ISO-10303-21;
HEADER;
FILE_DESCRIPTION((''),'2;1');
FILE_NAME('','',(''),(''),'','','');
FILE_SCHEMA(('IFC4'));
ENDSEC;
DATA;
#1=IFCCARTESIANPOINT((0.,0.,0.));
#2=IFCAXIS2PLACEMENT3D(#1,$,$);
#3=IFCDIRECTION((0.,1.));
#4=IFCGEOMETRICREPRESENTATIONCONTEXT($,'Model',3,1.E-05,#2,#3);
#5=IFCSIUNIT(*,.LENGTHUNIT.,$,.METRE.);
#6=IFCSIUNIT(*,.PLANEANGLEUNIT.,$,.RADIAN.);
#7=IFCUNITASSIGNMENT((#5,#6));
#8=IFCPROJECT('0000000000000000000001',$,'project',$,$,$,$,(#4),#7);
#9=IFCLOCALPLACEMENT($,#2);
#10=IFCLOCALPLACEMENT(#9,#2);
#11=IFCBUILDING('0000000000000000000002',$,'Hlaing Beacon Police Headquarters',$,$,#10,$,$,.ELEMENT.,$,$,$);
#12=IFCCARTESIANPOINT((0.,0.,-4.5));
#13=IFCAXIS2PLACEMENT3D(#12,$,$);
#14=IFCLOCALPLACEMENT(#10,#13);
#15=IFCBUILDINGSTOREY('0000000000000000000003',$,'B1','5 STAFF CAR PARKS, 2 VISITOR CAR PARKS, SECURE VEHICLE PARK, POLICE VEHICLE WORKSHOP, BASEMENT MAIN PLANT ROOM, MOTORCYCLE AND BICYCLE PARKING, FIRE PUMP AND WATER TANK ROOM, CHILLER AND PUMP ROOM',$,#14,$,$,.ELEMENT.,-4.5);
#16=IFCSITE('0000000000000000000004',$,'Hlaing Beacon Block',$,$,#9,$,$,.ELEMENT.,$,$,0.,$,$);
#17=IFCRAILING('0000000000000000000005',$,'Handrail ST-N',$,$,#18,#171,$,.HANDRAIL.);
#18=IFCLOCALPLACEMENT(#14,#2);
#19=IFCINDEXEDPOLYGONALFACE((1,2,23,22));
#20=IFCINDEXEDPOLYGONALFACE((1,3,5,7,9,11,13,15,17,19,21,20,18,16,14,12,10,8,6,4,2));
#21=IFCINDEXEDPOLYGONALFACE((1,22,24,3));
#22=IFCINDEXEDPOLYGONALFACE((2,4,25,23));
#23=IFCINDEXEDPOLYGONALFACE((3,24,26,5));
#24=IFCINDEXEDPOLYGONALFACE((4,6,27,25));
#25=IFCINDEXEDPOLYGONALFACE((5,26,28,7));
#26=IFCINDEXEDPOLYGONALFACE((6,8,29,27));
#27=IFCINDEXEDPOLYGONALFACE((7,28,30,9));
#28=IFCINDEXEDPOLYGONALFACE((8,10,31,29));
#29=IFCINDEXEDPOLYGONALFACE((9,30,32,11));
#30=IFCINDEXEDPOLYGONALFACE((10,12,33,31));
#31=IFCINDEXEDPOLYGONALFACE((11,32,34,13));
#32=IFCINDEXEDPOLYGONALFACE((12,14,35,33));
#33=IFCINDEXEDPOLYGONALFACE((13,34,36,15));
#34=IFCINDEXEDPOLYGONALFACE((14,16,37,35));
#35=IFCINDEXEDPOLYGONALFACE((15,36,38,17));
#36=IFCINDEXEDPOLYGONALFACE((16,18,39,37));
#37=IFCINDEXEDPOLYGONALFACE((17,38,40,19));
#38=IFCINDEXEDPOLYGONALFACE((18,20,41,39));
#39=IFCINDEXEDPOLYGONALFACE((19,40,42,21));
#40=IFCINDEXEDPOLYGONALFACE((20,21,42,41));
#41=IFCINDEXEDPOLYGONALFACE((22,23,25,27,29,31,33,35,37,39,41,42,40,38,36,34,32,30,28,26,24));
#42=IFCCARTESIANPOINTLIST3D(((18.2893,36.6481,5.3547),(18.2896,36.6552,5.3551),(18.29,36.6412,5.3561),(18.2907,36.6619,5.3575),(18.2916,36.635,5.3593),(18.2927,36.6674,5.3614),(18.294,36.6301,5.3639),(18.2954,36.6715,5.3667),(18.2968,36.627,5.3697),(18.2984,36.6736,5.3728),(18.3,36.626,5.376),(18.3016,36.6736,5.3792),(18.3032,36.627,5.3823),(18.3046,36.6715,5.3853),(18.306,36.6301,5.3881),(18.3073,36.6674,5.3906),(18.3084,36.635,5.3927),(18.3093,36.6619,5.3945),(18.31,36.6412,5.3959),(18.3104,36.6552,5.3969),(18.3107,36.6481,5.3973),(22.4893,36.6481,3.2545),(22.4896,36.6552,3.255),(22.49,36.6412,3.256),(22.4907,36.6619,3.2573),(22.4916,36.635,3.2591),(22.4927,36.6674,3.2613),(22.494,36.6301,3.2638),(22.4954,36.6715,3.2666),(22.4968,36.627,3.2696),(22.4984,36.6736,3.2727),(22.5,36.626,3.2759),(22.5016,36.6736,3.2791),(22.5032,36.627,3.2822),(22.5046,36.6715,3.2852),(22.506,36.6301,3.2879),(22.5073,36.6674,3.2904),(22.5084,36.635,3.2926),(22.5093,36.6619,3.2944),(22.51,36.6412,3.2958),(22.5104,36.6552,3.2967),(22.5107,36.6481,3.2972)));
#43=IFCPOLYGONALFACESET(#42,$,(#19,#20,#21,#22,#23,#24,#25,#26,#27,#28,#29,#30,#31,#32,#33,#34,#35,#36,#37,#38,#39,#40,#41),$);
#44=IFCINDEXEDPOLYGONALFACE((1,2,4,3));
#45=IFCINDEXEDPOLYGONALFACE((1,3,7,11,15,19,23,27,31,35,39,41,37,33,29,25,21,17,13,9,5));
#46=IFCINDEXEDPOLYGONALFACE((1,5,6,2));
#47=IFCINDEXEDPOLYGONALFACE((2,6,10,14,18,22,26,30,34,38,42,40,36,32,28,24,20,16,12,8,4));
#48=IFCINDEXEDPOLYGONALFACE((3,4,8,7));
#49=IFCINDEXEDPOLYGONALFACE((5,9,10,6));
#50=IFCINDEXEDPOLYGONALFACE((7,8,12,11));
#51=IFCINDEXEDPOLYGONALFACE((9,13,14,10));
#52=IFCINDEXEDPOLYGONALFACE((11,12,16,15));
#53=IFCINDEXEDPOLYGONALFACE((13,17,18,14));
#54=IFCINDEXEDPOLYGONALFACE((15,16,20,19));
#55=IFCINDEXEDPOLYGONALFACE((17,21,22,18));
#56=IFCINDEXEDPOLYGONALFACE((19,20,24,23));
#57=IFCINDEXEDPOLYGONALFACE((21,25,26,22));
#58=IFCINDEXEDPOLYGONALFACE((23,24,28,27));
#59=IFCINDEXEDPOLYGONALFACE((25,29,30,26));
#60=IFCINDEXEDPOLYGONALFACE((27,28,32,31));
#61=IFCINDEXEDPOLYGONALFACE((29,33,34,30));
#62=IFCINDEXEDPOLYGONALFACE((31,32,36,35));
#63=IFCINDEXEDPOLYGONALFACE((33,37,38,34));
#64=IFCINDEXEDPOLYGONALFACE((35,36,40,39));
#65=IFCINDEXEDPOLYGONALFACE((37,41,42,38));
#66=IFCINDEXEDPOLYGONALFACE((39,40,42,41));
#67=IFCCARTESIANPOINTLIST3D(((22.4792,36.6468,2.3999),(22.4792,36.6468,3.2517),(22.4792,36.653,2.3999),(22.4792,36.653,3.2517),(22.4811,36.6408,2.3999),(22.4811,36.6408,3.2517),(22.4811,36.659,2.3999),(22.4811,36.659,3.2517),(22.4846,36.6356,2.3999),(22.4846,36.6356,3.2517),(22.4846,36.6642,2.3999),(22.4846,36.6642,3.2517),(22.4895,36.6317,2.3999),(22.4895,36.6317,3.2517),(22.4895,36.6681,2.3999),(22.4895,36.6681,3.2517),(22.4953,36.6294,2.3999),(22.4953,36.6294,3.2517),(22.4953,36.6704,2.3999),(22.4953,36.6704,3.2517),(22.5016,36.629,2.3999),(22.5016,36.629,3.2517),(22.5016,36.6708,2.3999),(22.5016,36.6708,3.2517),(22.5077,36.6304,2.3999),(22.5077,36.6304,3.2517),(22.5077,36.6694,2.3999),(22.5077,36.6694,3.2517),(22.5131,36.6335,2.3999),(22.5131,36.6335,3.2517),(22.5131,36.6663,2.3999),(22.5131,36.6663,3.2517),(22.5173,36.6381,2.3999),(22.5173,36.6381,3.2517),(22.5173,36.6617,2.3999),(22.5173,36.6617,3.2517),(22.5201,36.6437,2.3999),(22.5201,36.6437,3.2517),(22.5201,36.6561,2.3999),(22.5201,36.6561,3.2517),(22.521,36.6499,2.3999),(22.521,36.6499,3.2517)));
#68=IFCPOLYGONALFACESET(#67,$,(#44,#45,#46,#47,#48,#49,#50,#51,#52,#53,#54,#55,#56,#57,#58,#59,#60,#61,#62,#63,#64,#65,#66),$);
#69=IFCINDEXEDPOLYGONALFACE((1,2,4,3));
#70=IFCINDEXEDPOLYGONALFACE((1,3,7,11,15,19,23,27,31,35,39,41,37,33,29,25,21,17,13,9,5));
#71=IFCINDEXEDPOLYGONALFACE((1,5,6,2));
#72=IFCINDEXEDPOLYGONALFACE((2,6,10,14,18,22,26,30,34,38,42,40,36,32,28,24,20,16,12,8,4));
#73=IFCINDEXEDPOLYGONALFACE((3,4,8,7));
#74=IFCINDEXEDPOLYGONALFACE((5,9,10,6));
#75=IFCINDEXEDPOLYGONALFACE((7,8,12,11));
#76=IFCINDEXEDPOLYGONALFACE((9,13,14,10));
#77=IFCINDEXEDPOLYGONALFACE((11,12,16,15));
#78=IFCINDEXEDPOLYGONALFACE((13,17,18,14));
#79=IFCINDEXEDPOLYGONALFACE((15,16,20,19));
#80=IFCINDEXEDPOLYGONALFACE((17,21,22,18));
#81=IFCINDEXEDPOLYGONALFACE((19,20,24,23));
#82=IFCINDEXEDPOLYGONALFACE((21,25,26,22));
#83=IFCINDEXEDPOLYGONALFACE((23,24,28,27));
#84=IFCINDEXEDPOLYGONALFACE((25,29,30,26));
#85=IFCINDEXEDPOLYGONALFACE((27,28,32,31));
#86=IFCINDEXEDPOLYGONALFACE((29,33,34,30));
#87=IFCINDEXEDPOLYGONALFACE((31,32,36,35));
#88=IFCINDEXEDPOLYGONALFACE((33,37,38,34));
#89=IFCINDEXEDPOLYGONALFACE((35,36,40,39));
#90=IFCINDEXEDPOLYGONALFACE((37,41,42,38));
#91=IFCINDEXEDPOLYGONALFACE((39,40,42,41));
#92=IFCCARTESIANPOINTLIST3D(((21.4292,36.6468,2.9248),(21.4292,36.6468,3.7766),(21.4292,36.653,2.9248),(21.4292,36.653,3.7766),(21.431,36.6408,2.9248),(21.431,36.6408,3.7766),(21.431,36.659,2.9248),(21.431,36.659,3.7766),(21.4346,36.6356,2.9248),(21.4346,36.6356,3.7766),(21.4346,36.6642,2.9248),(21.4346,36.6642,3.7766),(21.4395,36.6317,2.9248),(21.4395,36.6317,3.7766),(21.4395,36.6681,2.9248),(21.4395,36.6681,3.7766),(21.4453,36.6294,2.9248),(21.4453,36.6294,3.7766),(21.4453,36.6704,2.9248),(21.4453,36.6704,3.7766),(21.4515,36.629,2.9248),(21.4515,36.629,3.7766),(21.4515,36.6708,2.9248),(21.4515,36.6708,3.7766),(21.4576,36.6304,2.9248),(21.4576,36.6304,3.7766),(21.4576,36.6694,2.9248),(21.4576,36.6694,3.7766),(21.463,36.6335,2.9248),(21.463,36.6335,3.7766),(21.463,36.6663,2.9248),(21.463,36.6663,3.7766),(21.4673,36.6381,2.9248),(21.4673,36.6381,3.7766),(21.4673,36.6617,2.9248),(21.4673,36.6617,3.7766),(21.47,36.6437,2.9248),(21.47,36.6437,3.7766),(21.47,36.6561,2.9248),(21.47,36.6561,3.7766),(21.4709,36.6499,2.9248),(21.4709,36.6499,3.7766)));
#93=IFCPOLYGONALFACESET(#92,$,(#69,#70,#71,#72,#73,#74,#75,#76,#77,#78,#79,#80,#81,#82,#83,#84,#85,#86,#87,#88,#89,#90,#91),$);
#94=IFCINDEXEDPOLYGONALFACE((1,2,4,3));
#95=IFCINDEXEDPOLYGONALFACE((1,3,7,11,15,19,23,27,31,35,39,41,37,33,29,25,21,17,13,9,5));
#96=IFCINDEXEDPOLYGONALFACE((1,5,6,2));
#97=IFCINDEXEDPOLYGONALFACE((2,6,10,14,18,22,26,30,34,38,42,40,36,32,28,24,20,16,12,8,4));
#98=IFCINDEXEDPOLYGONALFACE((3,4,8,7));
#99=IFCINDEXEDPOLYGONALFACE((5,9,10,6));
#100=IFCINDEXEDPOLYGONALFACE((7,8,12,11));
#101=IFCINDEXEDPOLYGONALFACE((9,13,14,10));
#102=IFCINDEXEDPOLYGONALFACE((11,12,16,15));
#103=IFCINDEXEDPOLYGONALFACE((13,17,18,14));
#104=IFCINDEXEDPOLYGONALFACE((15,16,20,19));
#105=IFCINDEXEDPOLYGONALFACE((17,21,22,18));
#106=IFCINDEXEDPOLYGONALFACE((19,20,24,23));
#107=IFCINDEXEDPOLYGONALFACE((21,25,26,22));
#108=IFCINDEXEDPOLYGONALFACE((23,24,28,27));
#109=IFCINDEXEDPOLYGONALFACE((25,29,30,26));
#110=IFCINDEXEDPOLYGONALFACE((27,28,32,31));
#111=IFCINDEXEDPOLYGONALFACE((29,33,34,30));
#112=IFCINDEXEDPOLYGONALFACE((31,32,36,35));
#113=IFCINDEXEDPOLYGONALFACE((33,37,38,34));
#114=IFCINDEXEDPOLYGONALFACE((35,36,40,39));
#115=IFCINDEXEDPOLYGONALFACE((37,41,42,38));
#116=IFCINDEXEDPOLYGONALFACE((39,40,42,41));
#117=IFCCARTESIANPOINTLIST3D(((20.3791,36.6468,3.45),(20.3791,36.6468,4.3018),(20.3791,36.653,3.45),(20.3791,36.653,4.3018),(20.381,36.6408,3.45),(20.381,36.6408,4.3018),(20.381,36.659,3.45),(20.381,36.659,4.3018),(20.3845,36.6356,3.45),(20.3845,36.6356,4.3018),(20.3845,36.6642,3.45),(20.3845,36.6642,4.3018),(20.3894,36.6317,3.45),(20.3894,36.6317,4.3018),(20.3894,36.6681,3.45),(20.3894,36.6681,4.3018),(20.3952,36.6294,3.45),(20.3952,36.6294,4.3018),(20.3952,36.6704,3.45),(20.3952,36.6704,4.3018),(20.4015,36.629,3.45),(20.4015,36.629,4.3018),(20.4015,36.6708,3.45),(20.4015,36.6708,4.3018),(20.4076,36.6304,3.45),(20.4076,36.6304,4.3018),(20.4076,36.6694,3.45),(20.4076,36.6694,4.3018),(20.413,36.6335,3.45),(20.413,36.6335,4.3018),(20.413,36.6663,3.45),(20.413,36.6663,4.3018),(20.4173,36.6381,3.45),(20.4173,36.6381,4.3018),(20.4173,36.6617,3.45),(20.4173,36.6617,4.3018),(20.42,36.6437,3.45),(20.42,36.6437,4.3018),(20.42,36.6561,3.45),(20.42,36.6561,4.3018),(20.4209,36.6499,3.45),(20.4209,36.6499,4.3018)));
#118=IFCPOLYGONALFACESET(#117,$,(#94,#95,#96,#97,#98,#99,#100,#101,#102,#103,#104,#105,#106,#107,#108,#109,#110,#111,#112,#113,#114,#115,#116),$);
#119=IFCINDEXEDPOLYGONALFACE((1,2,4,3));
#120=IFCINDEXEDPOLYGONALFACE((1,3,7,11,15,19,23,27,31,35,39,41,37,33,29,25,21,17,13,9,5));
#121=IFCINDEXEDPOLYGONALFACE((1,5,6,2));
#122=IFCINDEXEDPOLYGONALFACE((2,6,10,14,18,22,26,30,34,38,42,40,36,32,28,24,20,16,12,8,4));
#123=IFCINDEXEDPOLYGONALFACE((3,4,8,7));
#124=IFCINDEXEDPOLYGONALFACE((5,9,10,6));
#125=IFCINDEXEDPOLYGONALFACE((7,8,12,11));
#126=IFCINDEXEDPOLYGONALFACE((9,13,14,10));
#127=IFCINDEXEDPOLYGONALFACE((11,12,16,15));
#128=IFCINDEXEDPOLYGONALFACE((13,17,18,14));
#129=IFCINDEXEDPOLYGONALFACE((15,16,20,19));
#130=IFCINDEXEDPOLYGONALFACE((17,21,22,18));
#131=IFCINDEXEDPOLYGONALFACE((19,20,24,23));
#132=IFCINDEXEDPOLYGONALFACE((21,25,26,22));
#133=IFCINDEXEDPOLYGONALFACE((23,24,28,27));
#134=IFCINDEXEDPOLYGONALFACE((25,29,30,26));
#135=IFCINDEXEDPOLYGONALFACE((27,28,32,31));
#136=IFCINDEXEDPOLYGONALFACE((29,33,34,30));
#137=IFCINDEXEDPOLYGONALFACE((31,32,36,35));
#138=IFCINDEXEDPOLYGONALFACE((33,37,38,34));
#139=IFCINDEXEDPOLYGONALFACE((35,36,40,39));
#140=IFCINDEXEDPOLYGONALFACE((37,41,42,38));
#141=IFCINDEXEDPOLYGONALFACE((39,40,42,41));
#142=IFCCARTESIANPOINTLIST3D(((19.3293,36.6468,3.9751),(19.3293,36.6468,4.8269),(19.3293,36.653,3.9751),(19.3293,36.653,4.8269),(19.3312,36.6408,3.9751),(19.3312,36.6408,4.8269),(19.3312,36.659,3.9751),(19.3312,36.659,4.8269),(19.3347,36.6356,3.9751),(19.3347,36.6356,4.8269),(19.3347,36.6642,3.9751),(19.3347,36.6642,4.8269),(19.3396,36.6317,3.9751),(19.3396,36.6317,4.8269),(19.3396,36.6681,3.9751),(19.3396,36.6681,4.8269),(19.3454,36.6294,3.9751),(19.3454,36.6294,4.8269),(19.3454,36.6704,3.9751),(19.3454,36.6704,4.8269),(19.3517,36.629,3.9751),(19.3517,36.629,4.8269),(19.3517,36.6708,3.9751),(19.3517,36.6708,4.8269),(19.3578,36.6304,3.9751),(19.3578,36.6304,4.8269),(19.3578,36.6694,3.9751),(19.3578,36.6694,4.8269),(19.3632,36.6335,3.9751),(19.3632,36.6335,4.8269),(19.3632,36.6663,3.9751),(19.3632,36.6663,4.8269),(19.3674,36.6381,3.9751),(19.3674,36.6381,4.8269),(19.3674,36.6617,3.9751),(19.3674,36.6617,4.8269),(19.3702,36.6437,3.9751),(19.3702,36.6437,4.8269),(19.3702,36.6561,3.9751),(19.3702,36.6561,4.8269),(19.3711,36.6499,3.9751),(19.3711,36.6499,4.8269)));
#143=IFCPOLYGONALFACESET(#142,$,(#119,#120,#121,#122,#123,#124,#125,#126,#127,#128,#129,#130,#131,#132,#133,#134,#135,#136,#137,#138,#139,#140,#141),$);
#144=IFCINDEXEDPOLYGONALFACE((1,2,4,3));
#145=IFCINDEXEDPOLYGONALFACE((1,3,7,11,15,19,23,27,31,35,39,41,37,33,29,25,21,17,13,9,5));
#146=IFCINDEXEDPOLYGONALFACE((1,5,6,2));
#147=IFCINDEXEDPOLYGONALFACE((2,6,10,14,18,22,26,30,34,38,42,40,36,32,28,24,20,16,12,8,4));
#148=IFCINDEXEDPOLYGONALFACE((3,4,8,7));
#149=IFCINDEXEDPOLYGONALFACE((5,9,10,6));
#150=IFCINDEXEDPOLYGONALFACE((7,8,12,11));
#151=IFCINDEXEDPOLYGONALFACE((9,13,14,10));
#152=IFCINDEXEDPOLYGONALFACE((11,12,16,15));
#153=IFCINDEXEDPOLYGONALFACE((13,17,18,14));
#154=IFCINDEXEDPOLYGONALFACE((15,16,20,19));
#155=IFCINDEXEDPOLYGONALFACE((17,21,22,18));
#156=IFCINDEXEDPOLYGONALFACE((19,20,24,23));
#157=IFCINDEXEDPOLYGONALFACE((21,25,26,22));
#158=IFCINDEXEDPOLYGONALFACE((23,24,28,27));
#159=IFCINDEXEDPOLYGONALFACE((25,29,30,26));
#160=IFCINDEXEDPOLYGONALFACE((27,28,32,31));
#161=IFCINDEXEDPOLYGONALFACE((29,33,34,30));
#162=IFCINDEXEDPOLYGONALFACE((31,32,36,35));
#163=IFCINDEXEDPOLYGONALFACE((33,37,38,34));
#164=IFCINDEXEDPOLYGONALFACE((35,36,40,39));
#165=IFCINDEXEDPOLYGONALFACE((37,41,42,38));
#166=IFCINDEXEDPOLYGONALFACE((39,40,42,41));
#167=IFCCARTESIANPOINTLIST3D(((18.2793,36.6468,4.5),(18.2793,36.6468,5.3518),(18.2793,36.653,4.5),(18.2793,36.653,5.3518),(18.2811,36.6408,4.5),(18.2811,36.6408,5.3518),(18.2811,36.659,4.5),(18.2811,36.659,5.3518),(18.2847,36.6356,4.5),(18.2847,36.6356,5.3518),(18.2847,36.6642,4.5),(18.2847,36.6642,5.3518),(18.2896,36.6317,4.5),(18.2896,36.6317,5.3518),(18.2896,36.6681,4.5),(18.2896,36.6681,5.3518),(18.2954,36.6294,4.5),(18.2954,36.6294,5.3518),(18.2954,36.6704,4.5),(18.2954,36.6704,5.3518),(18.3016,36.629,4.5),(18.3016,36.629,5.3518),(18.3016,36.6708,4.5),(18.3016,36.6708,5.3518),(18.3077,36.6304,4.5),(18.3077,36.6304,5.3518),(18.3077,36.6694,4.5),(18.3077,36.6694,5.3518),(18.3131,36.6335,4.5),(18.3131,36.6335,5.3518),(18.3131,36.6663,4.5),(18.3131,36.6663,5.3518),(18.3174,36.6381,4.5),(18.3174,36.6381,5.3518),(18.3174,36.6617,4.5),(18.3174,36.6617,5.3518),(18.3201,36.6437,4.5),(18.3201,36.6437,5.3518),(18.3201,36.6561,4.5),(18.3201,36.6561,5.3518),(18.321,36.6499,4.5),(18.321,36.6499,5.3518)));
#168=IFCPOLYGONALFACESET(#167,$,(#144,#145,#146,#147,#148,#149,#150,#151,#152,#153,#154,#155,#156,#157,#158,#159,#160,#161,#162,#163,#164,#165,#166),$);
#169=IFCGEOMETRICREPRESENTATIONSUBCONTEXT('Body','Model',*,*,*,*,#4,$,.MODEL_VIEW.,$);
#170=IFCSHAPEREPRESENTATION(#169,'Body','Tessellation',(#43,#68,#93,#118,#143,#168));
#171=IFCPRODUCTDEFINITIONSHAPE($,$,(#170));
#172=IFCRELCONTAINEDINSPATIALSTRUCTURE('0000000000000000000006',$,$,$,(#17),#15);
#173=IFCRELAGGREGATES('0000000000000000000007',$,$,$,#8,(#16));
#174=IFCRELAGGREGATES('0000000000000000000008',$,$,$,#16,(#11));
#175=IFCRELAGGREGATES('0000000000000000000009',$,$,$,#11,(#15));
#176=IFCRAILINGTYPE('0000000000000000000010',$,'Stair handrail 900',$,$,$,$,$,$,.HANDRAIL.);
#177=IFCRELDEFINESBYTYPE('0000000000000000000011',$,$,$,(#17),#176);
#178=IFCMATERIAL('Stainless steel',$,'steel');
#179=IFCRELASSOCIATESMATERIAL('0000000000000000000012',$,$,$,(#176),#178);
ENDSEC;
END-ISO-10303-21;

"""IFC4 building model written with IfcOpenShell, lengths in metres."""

from ifc_helpers import new_model, si_unit, direction, frame, origin, origin_2d, place, context, subcontext, project, spatial, circle, extrude, material, type_object, element, save


model = new_model("IFC4")

# Units and contexts
model_context = context("Model", 3, precision=1e-05, world=origin(), true_north=direction((0.0, 1.0)))
body_context = subcontext(model_context, "Body", "Model", "MODEL_VIEW")
ifc_project = project(units=[si_unit("LENGTHUNIT", "METRE"), si_unit("PLANEANGLEUNIT", "RADIAN")], contexts=[model_context])

# Site, building, storey
site_placement = place(None, origin())
site = spatial("IfcSite", under=ifc_project, at=site_placement, Name="Hlaing Beacon Block", CompositionType="ELEMENT", RefElevation=0.0)
building_placement = place(site_placement, origin())
building = spatial("IfcBuilding", under=site, at=building_placement, Name="Hlaing Beacon Police Headquarters", CompositionType="ELEMENT")
storey_placement = place(building_placement, frame((0.0, 0.0, -4.5)))
storey = spatial("IfcBuildingStorey", under=building, at=storey_placement, Name="B1", Description="5 STAFF CAR PARKS, 2 VISITOR CAR PARKS, SECURE VEHICLE PARK, POLICE VEHICLE WORKSHOP, BASEMENT MAIN PLANT ROOM, MOTORCYCLE AND BICYCLE PARKING, FIRE PUMP AND WATER TANK ROOM, CHILLER AND PUMP ROOM", CompositionType="ELEMENT", Elevation=-4.5)

# Railing
ifc_material_1 = material(Name="Stainless steel", Category="steel")
railing_type = type_object("IfcRailingType", Name="Stair handrail 900", PredefinedType="HANDRAIL", material=ifc_material_1)
for number, where, name in (
    (1, (22.5, 36.6499, 2.3999), "Handrail ST-N"),
):
    element("IfcRailing", number, at=place(storey_placement, frame(where)), inside=storey, type_object=railing_type, Name=name, PredefinedType="HANDRAIL", context=body_context, shape_type="SweptSolid", body=[
        extrude(circle(Radius=0.0239, at=origin_2d()), frame((0.0, 0.0, 0.876), z_axis=(-0.894417, 0.0, 0.447234), x_axis=(0.0, -1.0, 0.0)), (0.0, 0.0, 1.0), 4.6958),
        extrude(circle(Radius=0.021, at=origin_2d()), origin(), (0.0, 0.0, 1.0), 0.8518),
        extrude(circle(Radius=0.021, at=origin_2d()), frame((-1.05, 0.0, 0.5249)), (0.0, 0.0, 1.0), 0.8518),
        extrude(circle(Radius=0.021, at=origin_2d()), frame((-2.1001, 0.0, 1.05)), (0.0, 0.0, 1.0), 0.8518),
        extrude(circle(Radius=0.021, at=origin_2d()), frame((-3.1499, 0.0, 1.5752)), (0.0, 0.0, 1.0), 0.8518),
        extrude(circle(Radius=0.021, at=origin_2d()), frame((-4.2, 0.0, 2.1001)), (0.0, 0.0, 1.0), 0.8518),
    ])

save(model, "model.ifc")
